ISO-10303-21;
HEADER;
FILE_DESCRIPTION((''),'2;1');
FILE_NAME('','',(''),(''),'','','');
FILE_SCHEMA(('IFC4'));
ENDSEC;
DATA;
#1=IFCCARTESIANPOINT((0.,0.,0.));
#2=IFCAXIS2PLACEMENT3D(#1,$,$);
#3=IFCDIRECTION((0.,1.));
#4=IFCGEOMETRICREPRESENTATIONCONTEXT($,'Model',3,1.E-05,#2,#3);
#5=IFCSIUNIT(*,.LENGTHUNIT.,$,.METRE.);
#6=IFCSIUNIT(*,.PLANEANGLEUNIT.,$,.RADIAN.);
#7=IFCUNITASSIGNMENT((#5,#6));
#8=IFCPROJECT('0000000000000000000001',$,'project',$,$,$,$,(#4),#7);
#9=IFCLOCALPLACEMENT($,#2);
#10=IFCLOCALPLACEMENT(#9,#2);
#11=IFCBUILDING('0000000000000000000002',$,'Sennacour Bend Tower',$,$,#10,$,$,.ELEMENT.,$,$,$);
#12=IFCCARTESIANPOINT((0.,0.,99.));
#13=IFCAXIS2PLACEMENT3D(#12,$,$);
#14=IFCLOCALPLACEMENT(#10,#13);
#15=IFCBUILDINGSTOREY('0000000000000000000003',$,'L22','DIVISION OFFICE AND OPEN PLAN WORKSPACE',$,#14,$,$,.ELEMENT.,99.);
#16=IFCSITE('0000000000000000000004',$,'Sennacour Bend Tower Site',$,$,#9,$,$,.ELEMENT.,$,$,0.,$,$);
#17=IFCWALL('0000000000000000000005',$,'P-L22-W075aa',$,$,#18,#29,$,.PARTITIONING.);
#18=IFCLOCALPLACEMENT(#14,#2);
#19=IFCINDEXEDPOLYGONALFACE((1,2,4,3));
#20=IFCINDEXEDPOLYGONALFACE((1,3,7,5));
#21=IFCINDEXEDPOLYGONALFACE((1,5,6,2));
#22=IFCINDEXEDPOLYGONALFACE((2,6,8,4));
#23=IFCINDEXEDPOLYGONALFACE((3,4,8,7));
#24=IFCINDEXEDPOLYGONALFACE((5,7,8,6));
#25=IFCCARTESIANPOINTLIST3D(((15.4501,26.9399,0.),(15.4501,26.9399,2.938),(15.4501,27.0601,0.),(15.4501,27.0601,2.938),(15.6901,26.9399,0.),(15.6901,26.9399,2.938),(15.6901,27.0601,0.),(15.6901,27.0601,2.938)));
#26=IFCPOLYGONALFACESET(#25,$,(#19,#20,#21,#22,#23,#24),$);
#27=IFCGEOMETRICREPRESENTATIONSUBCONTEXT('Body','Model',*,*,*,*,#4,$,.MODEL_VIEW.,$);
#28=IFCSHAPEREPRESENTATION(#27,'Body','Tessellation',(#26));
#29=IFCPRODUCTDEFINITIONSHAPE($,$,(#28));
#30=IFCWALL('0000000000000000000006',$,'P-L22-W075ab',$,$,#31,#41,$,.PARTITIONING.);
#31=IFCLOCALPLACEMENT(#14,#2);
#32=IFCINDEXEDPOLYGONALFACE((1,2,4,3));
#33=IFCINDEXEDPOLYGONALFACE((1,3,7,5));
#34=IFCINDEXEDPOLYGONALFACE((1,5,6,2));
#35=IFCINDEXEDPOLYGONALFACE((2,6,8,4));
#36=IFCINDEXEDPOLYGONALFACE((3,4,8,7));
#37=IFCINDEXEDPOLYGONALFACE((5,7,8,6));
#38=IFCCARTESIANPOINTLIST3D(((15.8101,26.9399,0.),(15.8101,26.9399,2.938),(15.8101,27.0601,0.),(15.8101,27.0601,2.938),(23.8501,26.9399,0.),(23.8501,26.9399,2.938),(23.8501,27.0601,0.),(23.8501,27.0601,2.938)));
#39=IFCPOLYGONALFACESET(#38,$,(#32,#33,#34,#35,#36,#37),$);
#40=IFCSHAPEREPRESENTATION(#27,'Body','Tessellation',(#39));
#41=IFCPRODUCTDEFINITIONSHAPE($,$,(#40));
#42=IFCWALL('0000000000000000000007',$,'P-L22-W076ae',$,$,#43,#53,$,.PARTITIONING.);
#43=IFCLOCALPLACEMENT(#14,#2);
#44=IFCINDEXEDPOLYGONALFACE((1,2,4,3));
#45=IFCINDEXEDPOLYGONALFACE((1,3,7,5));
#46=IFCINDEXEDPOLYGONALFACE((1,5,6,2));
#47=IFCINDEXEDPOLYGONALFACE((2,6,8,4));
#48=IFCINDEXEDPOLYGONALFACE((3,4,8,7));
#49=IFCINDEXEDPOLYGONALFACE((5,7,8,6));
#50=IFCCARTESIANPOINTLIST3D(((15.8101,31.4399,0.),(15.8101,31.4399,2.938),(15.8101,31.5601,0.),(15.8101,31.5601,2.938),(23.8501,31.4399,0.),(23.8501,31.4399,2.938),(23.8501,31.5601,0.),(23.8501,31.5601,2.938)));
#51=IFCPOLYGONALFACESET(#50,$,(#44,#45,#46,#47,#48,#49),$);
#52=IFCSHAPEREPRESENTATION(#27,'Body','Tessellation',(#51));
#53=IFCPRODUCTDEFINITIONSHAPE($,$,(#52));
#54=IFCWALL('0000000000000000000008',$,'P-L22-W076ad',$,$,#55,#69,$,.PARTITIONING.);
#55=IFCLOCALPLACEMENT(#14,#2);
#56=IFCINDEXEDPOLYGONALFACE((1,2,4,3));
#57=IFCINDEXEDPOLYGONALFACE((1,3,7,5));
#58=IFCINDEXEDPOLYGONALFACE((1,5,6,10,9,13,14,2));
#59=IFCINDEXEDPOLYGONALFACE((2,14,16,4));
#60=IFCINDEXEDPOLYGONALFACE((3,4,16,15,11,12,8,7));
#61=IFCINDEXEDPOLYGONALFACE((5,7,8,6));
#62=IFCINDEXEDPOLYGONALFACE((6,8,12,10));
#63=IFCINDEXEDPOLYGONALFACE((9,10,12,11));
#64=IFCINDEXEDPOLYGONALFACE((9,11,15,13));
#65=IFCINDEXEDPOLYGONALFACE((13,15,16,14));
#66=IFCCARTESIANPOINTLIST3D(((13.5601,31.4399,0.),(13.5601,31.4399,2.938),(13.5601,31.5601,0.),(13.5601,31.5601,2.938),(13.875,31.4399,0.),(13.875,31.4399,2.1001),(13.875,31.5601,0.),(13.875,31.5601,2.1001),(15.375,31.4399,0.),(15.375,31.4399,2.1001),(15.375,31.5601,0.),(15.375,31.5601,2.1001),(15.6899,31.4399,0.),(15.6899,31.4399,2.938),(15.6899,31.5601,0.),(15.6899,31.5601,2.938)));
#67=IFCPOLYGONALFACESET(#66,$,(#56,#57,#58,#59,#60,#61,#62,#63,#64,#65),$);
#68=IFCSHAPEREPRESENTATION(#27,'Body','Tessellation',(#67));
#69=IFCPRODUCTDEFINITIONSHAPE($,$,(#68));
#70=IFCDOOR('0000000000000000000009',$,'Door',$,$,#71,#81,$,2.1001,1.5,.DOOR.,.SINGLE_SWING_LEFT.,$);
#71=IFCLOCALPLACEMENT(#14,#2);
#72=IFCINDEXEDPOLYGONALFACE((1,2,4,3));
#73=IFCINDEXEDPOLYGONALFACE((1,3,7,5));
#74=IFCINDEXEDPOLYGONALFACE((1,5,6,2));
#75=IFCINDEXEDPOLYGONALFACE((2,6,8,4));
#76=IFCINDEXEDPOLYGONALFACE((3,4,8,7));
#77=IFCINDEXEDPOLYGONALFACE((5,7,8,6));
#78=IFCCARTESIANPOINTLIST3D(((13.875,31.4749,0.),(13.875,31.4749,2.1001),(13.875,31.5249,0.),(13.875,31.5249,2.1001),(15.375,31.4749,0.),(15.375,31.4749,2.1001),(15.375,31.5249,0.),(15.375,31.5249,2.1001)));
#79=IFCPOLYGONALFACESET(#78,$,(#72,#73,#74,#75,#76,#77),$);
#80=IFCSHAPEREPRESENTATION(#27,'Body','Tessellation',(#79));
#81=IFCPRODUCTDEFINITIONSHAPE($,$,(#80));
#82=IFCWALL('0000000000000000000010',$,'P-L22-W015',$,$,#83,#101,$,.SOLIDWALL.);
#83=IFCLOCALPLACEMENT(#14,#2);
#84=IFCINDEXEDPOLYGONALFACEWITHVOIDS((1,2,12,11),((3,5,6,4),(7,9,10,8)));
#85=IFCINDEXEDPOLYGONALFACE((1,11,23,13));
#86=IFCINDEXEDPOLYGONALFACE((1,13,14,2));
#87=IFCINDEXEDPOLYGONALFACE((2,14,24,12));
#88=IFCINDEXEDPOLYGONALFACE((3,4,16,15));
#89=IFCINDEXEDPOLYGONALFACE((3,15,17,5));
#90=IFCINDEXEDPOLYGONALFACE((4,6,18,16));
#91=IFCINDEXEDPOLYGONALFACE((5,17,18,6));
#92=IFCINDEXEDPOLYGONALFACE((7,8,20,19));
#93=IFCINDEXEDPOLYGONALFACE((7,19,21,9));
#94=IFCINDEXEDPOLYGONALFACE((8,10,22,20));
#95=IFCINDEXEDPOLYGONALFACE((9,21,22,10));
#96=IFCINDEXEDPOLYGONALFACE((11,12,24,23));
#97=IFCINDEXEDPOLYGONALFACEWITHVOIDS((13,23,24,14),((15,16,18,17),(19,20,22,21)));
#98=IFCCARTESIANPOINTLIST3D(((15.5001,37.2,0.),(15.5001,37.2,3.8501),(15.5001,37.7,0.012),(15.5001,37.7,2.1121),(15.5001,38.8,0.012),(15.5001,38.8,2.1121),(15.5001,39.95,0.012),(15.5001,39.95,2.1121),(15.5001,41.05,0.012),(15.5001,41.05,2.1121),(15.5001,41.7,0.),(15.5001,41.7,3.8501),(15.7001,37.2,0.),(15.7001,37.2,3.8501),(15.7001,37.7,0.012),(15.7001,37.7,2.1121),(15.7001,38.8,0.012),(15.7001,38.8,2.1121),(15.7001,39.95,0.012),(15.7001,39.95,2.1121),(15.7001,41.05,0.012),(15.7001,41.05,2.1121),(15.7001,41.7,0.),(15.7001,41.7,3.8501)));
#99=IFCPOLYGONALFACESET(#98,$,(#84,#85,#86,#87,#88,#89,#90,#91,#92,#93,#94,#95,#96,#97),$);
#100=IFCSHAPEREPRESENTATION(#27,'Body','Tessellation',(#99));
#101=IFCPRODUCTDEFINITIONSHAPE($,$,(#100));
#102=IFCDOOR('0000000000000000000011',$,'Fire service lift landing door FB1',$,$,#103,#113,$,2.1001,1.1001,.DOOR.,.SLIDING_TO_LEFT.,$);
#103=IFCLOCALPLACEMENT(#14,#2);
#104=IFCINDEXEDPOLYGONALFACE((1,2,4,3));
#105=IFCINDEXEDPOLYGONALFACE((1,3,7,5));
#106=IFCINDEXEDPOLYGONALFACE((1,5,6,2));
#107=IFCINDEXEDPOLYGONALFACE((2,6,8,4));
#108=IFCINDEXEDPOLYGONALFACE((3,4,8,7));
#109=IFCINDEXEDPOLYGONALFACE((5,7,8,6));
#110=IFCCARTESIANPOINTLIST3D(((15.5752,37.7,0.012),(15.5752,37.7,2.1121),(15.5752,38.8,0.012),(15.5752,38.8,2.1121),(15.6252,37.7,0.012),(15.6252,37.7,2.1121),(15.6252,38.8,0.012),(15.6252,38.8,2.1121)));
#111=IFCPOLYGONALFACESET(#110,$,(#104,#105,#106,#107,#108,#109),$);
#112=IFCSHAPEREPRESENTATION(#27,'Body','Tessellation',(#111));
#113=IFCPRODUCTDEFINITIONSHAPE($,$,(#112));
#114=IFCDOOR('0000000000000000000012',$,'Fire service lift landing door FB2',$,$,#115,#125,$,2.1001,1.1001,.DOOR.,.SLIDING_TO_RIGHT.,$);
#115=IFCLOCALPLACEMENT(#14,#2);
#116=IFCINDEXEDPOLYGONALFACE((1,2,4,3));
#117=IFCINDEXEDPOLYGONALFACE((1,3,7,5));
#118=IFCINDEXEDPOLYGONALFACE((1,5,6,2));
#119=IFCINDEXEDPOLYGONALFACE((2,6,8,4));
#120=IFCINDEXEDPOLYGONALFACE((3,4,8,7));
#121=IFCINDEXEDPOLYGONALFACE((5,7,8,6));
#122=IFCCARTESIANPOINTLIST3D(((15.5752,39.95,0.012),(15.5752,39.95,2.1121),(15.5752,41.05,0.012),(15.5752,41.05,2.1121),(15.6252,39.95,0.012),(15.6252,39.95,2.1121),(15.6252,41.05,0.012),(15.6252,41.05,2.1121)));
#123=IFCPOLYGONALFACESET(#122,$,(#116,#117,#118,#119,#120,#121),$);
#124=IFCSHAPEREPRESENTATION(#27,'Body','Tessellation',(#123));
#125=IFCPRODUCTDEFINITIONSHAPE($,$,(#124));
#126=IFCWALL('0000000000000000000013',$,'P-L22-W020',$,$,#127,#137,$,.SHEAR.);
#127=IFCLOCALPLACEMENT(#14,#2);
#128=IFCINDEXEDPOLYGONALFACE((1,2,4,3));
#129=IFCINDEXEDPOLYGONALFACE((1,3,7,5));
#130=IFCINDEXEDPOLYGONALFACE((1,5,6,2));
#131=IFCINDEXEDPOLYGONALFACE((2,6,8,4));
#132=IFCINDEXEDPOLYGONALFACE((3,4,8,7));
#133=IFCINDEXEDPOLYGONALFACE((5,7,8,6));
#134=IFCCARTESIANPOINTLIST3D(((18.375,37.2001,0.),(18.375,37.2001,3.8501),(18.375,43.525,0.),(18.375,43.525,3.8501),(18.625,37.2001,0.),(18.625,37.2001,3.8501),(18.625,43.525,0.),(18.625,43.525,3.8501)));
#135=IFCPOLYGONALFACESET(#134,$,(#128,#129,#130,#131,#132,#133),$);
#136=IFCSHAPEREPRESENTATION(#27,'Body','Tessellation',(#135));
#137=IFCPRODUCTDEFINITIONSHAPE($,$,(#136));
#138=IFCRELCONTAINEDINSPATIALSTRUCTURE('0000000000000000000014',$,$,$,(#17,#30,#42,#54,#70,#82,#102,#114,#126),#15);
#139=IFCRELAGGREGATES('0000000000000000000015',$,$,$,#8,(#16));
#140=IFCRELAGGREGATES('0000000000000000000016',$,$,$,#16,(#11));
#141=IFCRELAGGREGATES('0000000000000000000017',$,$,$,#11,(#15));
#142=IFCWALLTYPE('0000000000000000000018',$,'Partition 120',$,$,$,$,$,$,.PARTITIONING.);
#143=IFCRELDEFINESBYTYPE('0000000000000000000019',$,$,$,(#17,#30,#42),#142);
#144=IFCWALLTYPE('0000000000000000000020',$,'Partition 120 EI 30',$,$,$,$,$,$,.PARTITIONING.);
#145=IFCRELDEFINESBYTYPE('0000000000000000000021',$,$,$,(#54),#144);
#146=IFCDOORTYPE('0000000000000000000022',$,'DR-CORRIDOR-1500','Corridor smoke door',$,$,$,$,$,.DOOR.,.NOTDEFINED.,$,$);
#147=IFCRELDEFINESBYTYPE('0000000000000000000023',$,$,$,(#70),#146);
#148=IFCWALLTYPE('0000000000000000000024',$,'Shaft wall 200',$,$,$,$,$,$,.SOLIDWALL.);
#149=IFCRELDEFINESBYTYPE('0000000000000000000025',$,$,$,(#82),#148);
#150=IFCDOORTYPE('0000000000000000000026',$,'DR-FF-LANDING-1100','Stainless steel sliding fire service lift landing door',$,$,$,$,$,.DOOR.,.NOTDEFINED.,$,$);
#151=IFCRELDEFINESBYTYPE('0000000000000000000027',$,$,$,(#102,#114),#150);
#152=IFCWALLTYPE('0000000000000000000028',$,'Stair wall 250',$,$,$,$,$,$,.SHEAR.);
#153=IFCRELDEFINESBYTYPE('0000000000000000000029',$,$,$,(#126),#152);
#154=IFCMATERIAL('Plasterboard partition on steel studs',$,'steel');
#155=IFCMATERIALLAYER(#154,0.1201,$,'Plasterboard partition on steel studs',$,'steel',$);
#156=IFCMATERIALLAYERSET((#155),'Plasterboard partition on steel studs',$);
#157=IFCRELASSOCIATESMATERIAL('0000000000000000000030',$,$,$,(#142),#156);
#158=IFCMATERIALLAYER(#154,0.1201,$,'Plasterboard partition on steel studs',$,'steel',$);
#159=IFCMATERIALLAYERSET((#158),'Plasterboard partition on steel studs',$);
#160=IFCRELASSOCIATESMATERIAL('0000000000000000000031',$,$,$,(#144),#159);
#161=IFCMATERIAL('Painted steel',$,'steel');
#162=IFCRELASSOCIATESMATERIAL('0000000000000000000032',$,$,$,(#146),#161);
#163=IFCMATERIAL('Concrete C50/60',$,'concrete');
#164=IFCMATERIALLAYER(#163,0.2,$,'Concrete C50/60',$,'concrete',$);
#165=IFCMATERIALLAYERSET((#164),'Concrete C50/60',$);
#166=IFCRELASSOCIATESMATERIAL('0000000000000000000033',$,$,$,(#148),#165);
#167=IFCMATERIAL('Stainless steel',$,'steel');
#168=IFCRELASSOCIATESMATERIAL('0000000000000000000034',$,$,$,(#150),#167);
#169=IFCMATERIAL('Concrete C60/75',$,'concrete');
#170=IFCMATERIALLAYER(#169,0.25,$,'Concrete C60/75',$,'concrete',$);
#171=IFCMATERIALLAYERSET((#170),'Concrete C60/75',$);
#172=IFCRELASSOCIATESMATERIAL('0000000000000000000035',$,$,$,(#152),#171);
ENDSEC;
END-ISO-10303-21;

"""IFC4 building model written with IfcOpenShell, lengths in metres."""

from ifc_helpers import new_model, si_unit, direction, frame, frame_2d, origin, place, context, subcontext, project, spatial, rectangle, extrude, material, layer, layer_set, type_object, element, fill, save


model = new_model("IFC4")

# Units and contexts
model_context = context("Model", 3, precision=1e-05, world=origin(), true_north=direction((0.0, 1.0)))
body_context = subcontext(model_context, "Body", "Model", "MODEL_VIEW")
ifc_project = project(units=[si_unit("LENGTHUNIT", "METRE"), si_unit("PLANEANGLEUNIT", "RADIAN")], contexts=[model_context])

# Site, building, storey
site_placement = place(None, origin())
site = spatial("IfcSite", under=ifc_project, at=site_placement, Name="Sennacour Bend Tower Site", CompositionType="ELEMENT", RefElevation=0.0)
building_placement = place(site_placement, origin())
building = spatial("IfcBuilding", under=site, at=building_placement, Name="Sennacour Bend Tower", CompositionType="ELEMENT")
storey_placement = place(building_placement, frame((0.0, 0.0, 99.0)))
storey = spatial("IfcBuildingStorey", under=building, at=storey_placement, Name="L22", Description="DIVISION OFFICE AND OPEN PLAN WORKSPACE", CompositionType="ELEMENT", Elevation=99.0)

# Walls
ifc_material_1 = material(Name="Plasterboard partition on steel studs", Category="steel")
ifc_layer_1 = layer(ifc_material_1, 0.1201, Name="Plasterboard partition on steel studs", Category="steel")
ifc_layer_set_1 = layer_set([ifc_layer_1], Name="Plasterboard partition on steel studs")
wall_type_1 = type_object("IfcWallType", Name="Partition 120", PredefinedType="PARTITIONING", material=ifc_layer_set_1)
for number, where, z_axis, x_axis, name in (
    (1, (15.45, 27.0, 0.0), (0.0, 0.0, 1.0), (1.0, 0.0, 0.0), "P-L22-W075aa"),
):
    element("IfcWall", number, at=place(storey_placement, frame(where, z_axis=z_axis, x_axis=x_axis)), inside=storey, type_object=wall_type_1, Name=name, PredefinedType="PARTITIONING", context=body_context, shape_type="SweptSolid", body=[
        extrude(rectangle(XDim=0.24, YDim=0.1201, at=frame_2d((0.1201, 0.0))), origin(), (0.0, 0.0, 1.0), 2.938),
    ])
for number, where, z_axis, x_axis, name in (
    (2, (15.8101, 27.0, 0.0), (0.0, 0.0, 1.0), (1.0, 0.0, 0.0), "P-L22-W075ab"),
    (3, (15.8101, 31.5, 0.0), (0.0, 0.0, 1.0), (1.0, 0.0, 0.0), "P-L22-W076ae"),
):
    element("IfcWall", number, at=place(storey_placement, frame(where, z_axis=z_axis, x_axis=x_axis)), inside=storey, type_object=wall_type_1, Name=name, PredefinedType="PARTITIONING", context=body_context, shape_type="SweptSolid", body=[
        extrude(rectangle(XDim=8.04, YDim=0.1201, at=frame_2d((4.02, 0.0))), origin(), (0.0, 0.0, 1.0), 2.938),
    ])

# Wall, opening, door
ifc_layer_2 = layer(ifc_material_1, 0.1201, Name="Plasterboard partition on steel studs", Category="steel")
ifc_layer_set_2 = layer_set([ifc_layer_2], Name="Plasterboard partition on steel studs")
wall_type_2 = type_object("IfcWallType", Name="Partition 120 EI 30", PredefinedType="PARTITIONING", material=ifc_layer_set_2)
wall_1_placement = place(storey_placement, frame((13.5601, 31.5, 0.0), z_axis=(0.0, 0.0, 1.0), x_axis=(1.0, 0.0, 0.0)))
wall_1 = element("IfcWall", 4, at=wall_1_placement, inside=storey, type_object=wall_type_2, Name="P-L22-W076ad", PredefinedType="PARTITIONING", context=body_context, shape_type="SweptSolid", body=[
    extrude(rectangle(XDim=2.1299, YDim=0.1201, at=frame_2d((1.0649, 0.0))), origin(), (0.0, 0.0, 1.0), 2.938),
])
opening_1_placement = place(wall_1_placement, frame((0.3149, 0.0, 0.0)))
opening_1 = element("IfcOpeningElement", 5, at=opening_1_placement, cuts=wall_1, PredefinedType="OPENING", context=body_context, shape_type="SweptSolid", body=[
    extrude(rectangle(XDim=1.5, YDim=2.1001, at=frame_2d((0.75, 1.05))), frame((0.0, 0.0701, 0.0), z_axis=(0.0, -1.0, 0.0), x_axis=(1.0, 0.0, 0.0)), (0.0, 0.0, 1.0), 0.1401),
])
ifc_material_2 = material(Name="Painted steel", Category="steel")
door_type_1 = type_object("IfcDoorType", Name="DR-CORRIDOR-1500", Description="Corridor smoke door", OperationType="NOTDEFINED", PredefinedType="DOOR", material=ifc_material_2)
door_1_placement = place(opening_1_placement, origin())
door_1 = element("IfcDoor", 6, at=door_1_placement, inside=storey, type_object=door_type_1, Name="Door", OperationType="SINGLE_SWING_LEFT", OverallHeight=2.1001, OverallWidth=1.5, PredefinedType="DOOR", context=body_context, shape_type="SweptSolid", body=[
    extrude(rectangle(XDim=1.5, YDim=2.1001, at=frame_2d((0.75, 1.05))), frame((0.0, 0.0249, 0.0), z_axis=(0.0, -1.0, 0.0), x_axis=(1.0, 0.0, 0.0)), (0.0, 0.0, 1.0), 0.05),
])
fill(opening_1, door_1)

# Wall, openings, doors
ifc_material_3 = material(Name="Concrete C50/60", Category="concrete")
ifc_layer_3 = layer(ifc_material_3, 0.2, Name="Concrete C50/60", Category="concrete")
ifc_layer_set_3 = layer_set([ifc_layer_3], Name="Concrete C50/60")
wall_type_3 = type_object("IfcWallType", Name="Shaft wall 200", PredefinedType="SOLIDWALL", material=ifc_layer_set_3)
wall_2_placement = place(storey_placement, frame((15.6001, 37.2, 0.0), z_axis=(0.0, 0.0, 1.0), x_axis=(0.0, 1.0, 0.0)))
wall_2 = element("IfcWall", 7, at=wall_2_placement, inside=storey, type_object=wall_type_3, Name="P-L22-W015", PredefinedType="SOLIDWALL", context=body_context, shape_type="SweptSolid", body=[
    extrude(rectangle(XDim=4.5, YDim=0.2, at=frame_2d((2.25, 0.0))), origin(), (0.0, 0.0, 1.0), 3.8501),
])
opening_2_placement = place(wall_2_placement, frame((0.5, 0.0, 0.012)))
opening_2 = element("IfcOpeningElement", 8, at=opening_2_placement, cuts=wall_2, PredefinedType="OPENING", context=body_context, shape_type="SweptSolid", body=[
    extrude(rectangle(XDim=1.1001, YDim=2.1001, at=frame_2d((0.55, 1.05))), frame((0.0, 0.1099, 0.0), z_axis=(0.0, -1.0, 0.0), x_axis=(1.0, 0.0, 0.0)), (0.0, 0.0, 1.0), 0.22),
])
opening_3_placement = place(wall_2_placement, frame((2.75, 0.0, 0.012)))
opening_3 = element("IfcOpeningElement", 9, at=opening_3_placement, cuts=wall_2, PredefinedType="OPENING", context=body_context, shape_type="SweptSolid", body=[
    extrude(rectangle(XDim=1.1001, YDim=2.1001, at=frame_2d((0.55, 1.05))), frame((0.0, 0.1099, 0.0), z_axis=(0.0, -1.0, 0.0), x_axis=(1.0, 0.0, 0.0)), (0.0, 0.0, 1.0), 0.22),
])
ifc_material_4 = material(Name="Stainless steel", Category="steel")
door_type_2 = type_object("IfcDoorType", Name="DR-FF-LANDING-1100", Description="Stainless steel sliding fire service lift landing door", OperationType="NOTDEFINED", PredefinedType="DOOR", material=ifc_material_4)
door_2_placement = place(opening_2_placement, origin())
door_2 = element("IfcDoor", 10, at=door_2_placement, inside=storey, type_object=door_type_2, Name="Fire service lift landing door FB1", OperationType="SLIDING_TO_LEFT", OverallHeight=2.1001, OverallWidth=1.1001, PredefinedType="DOOR", context=body_context, shape_type="SweptSolid", body=[
    extrude(rectangle(XDim=1.1001, YDim=2.1001, at=frame_2d((0.55, 1.05))), frame((0.0, 0.0249, 0.0), z_axis=(0.0, -1.0, 0.0), x_axis=(1.0, 0.0, 0.0)), (0.0, 0.0, 1.0), 0.05),
])
fill(opening_2, door_2)
door_3_placement = place(opening_3_placement, origin())
door_3 = element("IfcDoor", 11, at=door_3_placement, inside=storey, type_object=door_type_2, Name="Fire service lift landing door FB2", OperationType="SLIDING_TO_RIGHT", OverallHeight=2.1001, OverallWidth=1.1001, PredefinedType="DOOR", context=body_context, shape_type="SweptSolid", body=[
    extrude(rectangle(XDim=1.1001, YDim=2.1001, at=frame_2d((0.55, 1.05))), frame((0.0, 0.0249, 0.0), z_axis=(0.0, -1.0, 0.0), x_axis=(1.0, 0.0, 0.0)), (0.0, 0.0, 1.0), 0.05),
])
fill(opening_3, door_3)

# Wall
ifc_material_5 = material(Name="Concrete C60/75", Category="concrete")
ifc_layer_4 = layer(ifc_material_5, 0.25, Name="Concrete C60/75", Category="concrete")
ifc_layer_set_4 = layer_set([ifc_layer_4], Name="Concrete C60/75")
wall_type_4 = type_object("IfcWallType", Name="Stair wall 250", PredefinedType="SHEAR", material=ifc_layer_set_4)
wall_3_placement = place(storey_placement, frame((18.5, 37.2, 0.0), z_axis=(0.0, 0.0, 1.0), x_axis=(0.0, 1.0, 0.0)))
element("IfcWall", 12, at=wall_3_placement, inside=storey, type_object=wall_type_4, Name="P-L22-W020", PredefinedType="SHEAR", context=body_context, shape_type="SweptSolid", body=[
    extrude(rectangle(XDim=6.325, YDim=0.25, at=frame_2d((3.1626, 0.0))), origin(), (0.0, 0.0, 1.0), 3.8501),
])

save(model, "model.ifc")
